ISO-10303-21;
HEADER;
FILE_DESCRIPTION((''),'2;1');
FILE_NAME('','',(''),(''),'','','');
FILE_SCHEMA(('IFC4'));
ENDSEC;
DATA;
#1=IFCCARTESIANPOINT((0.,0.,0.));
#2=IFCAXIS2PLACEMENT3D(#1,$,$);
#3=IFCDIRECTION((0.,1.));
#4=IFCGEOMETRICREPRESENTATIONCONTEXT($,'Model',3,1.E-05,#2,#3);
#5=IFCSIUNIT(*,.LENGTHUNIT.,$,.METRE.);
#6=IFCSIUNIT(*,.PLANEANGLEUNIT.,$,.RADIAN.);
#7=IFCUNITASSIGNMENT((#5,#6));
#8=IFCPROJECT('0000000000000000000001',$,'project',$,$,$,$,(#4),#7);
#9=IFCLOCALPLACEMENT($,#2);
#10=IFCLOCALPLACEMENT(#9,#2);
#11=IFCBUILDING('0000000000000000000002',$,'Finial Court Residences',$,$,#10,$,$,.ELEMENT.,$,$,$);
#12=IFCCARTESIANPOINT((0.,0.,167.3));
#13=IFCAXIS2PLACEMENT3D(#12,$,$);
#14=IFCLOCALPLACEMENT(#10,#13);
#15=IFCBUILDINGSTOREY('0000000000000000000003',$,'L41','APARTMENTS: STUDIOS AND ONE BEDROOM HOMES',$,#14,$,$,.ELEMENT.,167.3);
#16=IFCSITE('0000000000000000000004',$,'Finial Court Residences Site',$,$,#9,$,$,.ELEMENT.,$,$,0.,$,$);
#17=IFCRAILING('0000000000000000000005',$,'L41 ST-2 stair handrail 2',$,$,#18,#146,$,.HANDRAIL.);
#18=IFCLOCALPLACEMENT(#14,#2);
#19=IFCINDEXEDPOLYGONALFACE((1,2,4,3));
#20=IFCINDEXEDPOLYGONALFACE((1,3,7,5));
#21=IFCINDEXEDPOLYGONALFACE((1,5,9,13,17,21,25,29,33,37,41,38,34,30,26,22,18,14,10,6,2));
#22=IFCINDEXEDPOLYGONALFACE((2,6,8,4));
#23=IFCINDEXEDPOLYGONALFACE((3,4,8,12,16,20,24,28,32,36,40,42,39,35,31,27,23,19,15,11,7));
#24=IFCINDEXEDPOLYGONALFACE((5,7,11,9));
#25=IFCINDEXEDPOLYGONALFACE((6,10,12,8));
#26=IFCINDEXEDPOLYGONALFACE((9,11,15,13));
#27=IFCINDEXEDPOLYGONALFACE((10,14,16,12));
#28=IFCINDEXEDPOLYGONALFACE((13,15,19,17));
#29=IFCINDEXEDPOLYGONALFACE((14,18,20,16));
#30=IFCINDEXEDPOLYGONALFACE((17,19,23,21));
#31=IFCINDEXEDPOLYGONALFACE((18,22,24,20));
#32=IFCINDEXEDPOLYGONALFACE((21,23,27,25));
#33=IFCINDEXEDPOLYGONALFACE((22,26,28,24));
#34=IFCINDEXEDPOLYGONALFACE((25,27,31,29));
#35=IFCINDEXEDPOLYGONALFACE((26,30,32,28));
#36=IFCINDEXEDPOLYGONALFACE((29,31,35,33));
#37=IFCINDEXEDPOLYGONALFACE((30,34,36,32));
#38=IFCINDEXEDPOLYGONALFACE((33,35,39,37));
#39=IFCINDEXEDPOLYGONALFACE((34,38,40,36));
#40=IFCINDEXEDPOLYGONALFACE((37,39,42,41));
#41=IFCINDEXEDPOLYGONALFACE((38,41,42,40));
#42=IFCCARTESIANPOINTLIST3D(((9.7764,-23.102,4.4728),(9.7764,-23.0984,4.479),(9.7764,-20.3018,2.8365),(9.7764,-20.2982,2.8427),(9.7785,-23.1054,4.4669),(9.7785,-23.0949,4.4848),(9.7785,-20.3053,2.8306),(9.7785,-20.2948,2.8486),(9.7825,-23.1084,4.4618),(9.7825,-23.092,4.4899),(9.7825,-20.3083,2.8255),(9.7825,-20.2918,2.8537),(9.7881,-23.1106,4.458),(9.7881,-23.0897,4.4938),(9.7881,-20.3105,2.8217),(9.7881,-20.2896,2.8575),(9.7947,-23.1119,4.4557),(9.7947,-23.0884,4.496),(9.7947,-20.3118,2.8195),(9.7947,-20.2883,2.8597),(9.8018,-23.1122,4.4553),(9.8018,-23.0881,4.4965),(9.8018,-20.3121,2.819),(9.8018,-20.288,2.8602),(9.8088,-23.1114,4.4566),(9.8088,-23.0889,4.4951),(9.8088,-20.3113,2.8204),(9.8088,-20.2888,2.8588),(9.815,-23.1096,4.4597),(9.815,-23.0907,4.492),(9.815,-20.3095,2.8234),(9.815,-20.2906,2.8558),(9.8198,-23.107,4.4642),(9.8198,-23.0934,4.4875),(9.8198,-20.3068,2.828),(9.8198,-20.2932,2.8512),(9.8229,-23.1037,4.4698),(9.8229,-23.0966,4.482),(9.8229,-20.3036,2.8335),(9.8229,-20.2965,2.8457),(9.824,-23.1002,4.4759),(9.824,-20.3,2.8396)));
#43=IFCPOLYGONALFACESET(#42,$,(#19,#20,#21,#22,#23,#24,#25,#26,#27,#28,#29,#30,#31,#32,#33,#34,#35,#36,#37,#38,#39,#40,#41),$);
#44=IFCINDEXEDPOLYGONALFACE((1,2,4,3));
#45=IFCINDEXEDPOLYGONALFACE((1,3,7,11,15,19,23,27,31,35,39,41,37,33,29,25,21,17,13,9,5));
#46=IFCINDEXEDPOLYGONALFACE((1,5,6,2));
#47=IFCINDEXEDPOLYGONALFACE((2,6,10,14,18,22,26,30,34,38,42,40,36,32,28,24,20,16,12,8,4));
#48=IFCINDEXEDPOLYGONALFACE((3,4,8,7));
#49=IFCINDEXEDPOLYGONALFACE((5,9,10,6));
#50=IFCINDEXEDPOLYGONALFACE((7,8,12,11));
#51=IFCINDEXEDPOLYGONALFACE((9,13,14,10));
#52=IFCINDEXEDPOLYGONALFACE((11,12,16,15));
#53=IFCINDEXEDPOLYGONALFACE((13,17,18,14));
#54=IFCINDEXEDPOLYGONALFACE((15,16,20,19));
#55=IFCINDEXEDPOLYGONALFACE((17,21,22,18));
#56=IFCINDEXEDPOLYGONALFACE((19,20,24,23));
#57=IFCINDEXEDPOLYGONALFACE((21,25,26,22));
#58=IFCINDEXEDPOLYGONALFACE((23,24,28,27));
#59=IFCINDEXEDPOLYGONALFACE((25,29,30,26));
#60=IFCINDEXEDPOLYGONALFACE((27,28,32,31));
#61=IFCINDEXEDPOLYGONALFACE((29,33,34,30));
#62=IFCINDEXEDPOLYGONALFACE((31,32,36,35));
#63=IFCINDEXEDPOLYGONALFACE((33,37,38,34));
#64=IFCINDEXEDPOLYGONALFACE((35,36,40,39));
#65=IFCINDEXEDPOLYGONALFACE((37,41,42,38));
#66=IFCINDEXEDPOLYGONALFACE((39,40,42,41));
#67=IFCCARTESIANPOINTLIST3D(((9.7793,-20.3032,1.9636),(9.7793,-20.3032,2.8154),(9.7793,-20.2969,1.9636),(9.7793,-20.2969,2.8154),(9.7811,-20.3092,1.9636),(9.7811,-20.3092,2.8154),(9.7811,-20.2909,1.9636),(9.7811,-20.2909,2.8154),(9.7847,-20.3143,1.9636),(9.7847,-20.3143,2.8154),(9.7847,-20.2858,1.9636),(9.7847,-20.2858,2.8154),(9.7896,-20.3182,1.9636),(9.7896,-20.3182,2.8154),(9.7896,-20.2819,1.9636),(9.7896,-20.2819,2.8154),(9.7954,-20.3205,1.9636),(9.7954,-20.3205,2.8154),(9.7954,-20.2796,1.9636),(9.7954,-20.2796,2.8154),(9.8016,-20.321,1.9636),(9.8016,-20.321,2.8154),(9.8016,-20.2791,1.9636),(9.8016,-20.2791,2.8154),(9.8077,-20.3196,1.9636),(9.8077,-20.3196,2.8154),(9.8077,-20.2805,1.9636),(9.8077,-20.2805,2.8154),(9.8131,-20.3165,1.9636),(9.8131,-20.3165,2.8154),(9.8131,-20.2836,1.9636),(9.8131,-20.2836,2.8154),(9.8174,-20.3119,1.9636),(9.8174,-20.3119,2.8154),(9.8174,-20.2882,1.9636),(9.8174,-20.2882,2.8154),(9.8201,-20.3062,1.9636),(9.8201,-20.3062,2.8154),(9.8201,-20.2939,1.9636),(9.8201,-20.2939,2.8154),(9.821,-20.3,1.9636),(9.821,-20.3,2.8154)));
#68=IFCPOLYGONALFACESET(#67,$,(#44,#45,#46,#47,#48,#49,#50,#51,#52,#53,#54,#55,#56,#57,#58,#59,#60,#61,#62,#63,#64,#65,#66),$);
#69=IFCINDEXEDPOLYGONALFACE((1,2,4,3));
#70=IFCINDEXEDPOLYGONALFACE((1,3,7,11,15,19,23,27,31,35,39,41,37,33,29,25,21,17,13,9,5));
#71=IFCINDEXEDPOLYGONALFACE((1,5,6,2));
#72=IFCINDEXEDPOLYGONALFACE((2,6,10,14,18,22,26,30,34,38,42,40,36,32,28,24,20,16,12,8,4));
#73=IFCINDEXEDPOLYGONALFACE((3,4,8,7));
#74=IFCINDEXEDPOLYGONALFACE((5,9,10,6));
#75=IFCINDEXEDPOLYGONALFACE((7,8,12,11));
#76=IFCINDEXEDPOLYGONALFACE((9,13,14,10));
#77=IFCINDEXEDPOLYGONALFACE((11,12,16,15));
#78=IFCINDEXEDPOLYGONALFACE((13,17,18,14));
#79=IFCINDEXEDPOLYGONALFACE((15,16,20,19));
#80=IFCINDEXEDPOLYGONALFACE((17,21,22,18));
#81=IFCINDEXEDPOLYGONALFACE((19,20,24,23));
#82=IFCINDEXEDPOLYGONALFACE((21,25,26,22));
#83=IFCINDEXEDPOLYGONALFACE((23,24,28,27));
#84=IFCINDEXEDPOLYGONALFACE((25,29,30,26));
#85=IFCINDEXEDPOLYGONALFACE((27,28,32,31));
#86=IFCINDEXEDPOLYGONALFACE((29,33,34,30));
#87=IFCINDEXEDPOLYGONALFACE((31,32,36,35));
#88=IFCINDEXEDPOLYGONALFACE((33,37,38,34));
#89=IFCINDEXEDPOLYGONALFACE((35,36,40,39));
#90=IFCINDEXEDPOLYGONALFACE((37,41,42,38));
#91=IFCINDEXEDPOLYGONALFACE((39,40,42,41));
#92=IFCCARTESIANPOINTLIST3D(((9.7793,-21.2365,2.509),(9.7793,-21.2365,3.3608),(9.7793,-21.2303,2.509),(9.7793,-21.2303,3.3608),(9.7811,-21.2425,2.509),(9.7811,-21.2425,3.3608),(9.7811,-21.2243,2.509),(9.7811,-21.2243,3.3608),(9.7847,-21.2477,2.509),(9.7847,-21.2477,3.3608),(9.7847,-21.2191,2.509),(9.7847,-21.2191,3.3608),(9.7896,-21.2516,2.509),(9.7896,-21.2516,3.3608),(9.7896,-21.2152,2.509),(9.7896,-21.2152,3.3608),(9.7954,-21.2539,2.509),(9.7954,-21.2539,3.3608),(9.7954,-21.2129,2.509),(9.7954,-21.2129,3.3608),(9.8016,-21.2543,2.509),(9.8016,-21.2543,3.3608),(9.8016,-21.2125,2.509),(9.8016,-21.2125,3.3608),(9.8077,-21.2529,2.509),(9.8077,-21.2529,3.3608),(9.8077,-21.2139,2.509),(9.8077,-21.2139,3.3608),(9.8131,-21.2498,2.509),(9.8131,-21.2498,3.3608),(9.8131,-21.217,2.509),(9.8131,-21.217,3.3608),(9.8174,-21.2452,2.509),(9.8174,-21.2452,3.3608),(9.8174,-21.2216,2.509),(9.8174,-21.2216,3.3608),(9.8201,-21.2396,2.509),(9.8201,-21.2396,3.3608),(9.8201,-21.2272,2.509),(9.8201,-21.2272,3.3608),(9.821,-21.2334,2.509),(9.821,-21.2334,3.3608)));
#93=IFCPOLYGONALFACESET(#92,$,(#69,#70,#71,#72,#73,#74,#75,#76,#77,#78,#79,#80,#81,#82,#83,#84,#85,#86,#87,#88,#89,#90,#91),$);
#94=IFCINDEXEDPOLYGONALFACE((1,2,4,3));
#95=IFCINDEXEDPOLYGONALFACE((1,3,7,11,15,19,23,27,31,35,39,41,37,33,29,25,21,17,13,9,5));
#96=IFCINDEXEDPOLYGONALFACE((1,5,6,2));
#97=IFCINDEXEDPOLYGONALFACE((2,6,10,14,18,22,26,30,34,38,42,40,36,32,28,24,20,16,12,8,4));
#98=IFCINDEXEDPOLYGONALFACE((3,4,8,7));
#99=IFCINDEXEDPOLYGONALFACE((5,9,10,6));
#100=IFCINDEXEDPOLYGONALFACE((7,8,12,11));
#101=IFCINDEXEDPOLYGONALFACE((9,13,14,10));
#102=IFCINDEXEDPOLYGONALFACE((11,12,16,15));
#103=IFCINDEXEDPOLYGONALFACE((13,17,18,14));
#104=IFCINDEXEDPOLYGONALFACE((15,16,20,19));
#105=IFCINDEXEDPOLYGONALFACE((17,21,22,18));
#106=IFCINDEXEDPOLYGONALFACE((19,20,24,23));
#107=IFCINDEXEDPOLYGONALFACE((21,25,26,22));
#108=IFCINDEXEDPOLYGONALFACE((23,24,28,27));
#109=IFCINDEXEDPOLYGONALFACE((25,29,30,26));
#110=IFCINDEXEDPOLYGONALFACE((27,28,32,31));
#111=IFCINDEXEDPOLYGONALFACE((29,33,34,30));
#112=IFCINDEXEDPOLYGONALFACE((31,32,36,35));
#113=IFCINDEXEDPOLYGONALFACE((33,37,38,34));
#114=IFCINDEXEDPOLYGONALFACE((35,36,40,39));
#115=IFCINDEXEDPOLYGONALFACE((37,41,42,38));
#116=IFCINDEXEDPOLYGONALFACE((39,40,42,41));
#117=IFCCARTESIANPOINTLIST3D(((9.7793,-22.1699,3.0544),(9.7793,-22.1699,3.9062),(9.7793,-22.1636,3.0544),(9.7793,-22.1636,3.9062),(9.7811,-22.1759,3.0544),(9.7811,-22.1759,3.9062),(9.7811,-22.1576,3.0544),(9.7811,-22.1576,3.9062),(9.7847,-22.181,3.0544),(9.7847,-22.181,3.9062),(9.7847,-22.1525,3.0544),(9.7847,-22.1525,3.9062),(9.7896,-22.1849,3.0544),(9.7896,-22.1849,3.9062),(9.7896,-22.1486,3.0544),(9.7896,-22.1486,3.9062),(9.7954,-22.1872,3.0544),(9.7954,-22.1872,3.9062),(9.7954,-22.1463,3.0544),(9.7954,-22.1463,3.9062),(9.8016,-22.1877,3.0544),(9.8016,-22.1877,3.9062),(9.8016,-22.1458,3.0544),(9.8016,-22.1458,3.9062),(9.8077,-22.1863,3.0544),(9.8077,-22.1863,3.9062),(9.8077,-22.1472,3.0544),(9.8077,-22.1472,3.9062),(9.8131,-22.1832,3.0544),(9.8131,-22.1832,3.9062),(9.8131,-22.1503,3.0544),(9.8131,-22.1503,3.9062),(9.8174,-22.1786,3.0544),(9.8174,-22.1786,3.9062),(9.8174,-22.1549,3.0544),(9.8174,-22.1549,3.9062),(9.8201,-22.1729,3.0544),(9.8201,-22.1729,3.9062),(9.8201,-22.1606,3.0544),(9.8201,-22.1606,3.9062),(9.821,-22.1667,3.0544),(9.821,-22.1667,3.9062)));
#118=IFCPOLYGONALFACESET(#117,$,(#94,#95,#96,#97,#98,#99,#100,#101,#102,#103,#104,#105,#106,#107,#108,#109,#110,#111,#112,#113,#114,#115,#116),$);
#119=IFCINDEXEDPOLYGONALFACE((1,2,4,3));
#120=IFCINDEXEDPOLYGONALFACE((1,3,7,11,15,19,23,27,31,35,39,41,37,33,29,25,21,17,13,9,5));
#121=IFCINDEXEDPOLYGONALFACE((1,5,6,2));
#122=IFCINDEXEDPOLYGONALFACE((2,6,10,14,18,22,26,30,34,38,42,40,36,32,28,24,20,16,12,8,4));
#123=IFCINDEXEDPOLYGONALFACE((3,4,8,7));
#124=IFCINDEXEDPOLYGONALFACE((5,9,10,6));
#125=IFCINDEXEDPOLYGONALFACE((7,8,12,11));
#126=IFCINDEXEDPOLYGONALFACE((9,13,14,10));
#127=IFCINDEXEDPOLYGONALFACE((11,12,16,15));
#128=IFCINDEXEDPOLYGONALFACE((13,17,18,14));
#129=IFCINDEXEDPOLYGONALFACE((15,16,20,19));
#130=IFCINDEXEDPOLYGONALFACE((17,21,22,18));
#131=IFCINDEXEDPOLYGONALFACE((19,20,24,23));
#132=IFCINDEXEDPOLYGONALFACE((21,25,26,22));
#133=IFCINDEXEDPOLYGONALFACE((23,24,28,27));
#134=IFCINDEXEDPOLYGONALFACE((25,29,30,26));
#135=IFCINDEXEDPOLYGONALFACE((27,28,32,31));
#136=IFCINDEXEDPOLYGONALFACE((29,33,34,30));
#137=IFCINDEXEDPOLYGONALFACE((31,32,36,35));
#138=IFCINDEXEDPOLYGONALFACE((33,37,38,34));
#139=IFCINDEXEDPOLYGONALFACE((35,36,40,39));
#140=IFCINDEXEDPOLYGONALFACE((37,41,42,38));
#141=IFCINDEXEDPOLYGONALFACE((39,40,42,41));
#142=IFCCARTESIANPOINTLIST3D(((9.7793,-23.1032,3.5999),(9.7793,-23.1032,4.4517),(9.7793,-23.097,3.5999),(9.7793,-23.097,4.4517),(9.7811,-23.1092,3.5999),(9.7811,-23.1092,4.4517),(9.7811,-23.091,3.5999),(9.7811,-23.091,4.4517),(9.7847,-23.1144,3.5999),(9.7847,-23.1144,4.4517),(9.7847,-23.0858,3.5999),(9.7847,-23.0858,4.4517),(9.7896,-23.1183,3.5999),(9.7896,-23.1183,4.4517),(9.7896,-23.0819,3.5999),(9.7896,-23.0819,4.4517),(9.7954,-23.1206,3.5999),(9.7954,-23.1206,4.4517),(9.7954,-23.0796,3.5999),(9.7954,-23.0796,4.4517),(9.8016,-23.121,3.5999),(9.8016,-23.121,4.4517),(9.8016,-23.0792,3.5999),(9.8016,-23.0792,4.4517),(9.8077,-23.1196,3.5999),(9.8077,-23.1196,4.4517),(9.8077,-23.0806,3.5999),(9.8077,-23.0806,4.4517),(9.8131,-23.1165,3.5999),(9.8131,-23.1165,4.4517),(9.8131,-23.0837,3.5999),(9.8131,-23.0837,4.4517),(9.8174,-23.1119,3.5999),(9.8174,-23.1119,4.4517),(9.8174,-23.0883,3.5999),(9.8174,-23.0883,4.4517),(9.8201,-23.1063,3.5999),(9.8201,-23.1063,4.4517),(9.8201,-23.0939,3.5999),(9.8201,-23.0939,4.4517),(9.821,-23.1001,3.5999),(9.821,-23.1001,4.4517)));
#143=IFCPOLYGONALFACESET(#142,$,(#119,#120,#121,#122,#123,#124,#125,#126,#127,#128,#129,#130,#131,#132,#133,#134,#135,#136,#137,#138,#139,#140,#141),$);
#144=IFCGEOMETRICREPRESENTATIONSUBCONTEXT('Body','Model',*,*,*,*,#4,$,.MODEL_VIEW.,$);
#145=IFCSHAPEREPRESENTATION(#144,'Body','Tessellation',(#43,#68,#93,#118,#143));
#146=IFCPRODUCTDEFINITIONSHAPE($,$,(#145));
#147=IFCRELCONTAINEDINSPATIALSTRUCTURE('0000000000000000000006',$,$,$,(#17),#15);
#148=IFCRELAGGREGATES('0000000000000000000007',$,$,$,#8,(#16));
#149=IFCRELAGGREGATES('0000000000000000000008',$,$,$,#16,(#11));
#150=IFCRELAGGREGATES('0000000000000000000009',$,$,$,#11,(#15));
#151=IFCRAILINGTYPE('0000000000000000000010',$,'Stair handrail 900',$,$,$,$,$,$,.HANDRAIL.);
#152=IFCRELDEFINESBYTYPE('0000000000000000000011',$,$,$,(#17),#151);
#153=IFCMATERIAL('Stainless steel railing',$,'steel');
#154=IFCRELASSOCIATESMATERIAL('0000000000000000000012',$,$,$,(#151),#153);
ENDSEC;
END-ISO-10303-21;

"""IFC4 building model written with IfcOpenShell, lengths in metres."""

from ifc_helpers import new_model, si_unit, direction, frame, origin, origin_2d, place, context, subcontext, project, spatial, circle, extrude, material, type_object, element, save


model = new_model("IFC4")

# Units and contexts
model_context = context("Model", 3, precision=1e-05, world=origin(), true_north=direction((0.0, 1.0)))
body_context = subcontext(model_context, "Body", "Model", "MODEL_VIEW")
ifc_project = project(units=[si_unit("LENGTHUNIT", "METRE"), si_unit("PLANEANGLEUNIT", "RADIAN")], contexts=[model_context])

# Site, building, storey
site_placement = place(None, origin())
site = spatial("IfcSite", under=ifc_project, at=site_placement, Name="Finial Court Residences Site", CompositionType="ELEMENT", RefElevation=0.0)
building_placement = place(site_placement, origin())
building = spatial("IfcBuilding", under=site, at=building_placement, Name="Finial Court Residences", CompositionType="ELEMENT")
storey_placement = place(building_placement, frame((0.0, 0.0, 167.3)))
storey = spatial("IfcBuildingStorey", under=building, at=storey_placement, Name="L41", Description="APARTMENTS: STUDIOS AND ONE BEDROOM HOMES", CompositionType="ELEMENT", Elevation=167.3)

# Railing
ifc_material_1 = material(Name="Stainless steel railing", Category="steel")
railing_type_1 = type_object("IfcRailingType", Name="Stair handrail 900", PredefinedType="HANDRAIL", material=ifc_material_1)
railing_1_placement = place(storey_placement, frame((9.8, -20.3, 1.9636)))
element("IfcRailing", 1, at=railing_1_placement, inside=storey, type_object=railing_type_1, Name="L41 ST-2 stair handrail 2", PredefinedType="HANDRAIL", context=body_context, shape_type="SweptSolid", body=[
    extrude(circle(Radius=0.0239, at=origin_2d()), frame((0.0, 0.0, 0.876), z_axis=(0.0, -0.863394, 0.504531), x_axis=(1.0, 0.0, 0.0)), (0.0, 0.0, 1.0), 3.2432),
    extrude(circle(Radius=0.021, at=origin_2d()), origin(), (0.0, 0.0, 1.0), 0.8518),
    extrude(circle(Radius=0.021, at=origin_2d()), frame((0.0, -0.9333, 0.5454)), (0.0, 0.0, 1.0), 0.8518),
    extrude(circle(Radius=0.021, at=origin_2d()), frame((0.0, -1.8667, 1.0908)), (0.0, 0.0, 1.0), 0.8518),
    extrude(circle(Radius=0.021, at=origin_2d()), frame((0.0, -2.8, 1.6362)), (0.0, 0.0, 1.0), 0.8518),
])

save(model, "model.ifc")
